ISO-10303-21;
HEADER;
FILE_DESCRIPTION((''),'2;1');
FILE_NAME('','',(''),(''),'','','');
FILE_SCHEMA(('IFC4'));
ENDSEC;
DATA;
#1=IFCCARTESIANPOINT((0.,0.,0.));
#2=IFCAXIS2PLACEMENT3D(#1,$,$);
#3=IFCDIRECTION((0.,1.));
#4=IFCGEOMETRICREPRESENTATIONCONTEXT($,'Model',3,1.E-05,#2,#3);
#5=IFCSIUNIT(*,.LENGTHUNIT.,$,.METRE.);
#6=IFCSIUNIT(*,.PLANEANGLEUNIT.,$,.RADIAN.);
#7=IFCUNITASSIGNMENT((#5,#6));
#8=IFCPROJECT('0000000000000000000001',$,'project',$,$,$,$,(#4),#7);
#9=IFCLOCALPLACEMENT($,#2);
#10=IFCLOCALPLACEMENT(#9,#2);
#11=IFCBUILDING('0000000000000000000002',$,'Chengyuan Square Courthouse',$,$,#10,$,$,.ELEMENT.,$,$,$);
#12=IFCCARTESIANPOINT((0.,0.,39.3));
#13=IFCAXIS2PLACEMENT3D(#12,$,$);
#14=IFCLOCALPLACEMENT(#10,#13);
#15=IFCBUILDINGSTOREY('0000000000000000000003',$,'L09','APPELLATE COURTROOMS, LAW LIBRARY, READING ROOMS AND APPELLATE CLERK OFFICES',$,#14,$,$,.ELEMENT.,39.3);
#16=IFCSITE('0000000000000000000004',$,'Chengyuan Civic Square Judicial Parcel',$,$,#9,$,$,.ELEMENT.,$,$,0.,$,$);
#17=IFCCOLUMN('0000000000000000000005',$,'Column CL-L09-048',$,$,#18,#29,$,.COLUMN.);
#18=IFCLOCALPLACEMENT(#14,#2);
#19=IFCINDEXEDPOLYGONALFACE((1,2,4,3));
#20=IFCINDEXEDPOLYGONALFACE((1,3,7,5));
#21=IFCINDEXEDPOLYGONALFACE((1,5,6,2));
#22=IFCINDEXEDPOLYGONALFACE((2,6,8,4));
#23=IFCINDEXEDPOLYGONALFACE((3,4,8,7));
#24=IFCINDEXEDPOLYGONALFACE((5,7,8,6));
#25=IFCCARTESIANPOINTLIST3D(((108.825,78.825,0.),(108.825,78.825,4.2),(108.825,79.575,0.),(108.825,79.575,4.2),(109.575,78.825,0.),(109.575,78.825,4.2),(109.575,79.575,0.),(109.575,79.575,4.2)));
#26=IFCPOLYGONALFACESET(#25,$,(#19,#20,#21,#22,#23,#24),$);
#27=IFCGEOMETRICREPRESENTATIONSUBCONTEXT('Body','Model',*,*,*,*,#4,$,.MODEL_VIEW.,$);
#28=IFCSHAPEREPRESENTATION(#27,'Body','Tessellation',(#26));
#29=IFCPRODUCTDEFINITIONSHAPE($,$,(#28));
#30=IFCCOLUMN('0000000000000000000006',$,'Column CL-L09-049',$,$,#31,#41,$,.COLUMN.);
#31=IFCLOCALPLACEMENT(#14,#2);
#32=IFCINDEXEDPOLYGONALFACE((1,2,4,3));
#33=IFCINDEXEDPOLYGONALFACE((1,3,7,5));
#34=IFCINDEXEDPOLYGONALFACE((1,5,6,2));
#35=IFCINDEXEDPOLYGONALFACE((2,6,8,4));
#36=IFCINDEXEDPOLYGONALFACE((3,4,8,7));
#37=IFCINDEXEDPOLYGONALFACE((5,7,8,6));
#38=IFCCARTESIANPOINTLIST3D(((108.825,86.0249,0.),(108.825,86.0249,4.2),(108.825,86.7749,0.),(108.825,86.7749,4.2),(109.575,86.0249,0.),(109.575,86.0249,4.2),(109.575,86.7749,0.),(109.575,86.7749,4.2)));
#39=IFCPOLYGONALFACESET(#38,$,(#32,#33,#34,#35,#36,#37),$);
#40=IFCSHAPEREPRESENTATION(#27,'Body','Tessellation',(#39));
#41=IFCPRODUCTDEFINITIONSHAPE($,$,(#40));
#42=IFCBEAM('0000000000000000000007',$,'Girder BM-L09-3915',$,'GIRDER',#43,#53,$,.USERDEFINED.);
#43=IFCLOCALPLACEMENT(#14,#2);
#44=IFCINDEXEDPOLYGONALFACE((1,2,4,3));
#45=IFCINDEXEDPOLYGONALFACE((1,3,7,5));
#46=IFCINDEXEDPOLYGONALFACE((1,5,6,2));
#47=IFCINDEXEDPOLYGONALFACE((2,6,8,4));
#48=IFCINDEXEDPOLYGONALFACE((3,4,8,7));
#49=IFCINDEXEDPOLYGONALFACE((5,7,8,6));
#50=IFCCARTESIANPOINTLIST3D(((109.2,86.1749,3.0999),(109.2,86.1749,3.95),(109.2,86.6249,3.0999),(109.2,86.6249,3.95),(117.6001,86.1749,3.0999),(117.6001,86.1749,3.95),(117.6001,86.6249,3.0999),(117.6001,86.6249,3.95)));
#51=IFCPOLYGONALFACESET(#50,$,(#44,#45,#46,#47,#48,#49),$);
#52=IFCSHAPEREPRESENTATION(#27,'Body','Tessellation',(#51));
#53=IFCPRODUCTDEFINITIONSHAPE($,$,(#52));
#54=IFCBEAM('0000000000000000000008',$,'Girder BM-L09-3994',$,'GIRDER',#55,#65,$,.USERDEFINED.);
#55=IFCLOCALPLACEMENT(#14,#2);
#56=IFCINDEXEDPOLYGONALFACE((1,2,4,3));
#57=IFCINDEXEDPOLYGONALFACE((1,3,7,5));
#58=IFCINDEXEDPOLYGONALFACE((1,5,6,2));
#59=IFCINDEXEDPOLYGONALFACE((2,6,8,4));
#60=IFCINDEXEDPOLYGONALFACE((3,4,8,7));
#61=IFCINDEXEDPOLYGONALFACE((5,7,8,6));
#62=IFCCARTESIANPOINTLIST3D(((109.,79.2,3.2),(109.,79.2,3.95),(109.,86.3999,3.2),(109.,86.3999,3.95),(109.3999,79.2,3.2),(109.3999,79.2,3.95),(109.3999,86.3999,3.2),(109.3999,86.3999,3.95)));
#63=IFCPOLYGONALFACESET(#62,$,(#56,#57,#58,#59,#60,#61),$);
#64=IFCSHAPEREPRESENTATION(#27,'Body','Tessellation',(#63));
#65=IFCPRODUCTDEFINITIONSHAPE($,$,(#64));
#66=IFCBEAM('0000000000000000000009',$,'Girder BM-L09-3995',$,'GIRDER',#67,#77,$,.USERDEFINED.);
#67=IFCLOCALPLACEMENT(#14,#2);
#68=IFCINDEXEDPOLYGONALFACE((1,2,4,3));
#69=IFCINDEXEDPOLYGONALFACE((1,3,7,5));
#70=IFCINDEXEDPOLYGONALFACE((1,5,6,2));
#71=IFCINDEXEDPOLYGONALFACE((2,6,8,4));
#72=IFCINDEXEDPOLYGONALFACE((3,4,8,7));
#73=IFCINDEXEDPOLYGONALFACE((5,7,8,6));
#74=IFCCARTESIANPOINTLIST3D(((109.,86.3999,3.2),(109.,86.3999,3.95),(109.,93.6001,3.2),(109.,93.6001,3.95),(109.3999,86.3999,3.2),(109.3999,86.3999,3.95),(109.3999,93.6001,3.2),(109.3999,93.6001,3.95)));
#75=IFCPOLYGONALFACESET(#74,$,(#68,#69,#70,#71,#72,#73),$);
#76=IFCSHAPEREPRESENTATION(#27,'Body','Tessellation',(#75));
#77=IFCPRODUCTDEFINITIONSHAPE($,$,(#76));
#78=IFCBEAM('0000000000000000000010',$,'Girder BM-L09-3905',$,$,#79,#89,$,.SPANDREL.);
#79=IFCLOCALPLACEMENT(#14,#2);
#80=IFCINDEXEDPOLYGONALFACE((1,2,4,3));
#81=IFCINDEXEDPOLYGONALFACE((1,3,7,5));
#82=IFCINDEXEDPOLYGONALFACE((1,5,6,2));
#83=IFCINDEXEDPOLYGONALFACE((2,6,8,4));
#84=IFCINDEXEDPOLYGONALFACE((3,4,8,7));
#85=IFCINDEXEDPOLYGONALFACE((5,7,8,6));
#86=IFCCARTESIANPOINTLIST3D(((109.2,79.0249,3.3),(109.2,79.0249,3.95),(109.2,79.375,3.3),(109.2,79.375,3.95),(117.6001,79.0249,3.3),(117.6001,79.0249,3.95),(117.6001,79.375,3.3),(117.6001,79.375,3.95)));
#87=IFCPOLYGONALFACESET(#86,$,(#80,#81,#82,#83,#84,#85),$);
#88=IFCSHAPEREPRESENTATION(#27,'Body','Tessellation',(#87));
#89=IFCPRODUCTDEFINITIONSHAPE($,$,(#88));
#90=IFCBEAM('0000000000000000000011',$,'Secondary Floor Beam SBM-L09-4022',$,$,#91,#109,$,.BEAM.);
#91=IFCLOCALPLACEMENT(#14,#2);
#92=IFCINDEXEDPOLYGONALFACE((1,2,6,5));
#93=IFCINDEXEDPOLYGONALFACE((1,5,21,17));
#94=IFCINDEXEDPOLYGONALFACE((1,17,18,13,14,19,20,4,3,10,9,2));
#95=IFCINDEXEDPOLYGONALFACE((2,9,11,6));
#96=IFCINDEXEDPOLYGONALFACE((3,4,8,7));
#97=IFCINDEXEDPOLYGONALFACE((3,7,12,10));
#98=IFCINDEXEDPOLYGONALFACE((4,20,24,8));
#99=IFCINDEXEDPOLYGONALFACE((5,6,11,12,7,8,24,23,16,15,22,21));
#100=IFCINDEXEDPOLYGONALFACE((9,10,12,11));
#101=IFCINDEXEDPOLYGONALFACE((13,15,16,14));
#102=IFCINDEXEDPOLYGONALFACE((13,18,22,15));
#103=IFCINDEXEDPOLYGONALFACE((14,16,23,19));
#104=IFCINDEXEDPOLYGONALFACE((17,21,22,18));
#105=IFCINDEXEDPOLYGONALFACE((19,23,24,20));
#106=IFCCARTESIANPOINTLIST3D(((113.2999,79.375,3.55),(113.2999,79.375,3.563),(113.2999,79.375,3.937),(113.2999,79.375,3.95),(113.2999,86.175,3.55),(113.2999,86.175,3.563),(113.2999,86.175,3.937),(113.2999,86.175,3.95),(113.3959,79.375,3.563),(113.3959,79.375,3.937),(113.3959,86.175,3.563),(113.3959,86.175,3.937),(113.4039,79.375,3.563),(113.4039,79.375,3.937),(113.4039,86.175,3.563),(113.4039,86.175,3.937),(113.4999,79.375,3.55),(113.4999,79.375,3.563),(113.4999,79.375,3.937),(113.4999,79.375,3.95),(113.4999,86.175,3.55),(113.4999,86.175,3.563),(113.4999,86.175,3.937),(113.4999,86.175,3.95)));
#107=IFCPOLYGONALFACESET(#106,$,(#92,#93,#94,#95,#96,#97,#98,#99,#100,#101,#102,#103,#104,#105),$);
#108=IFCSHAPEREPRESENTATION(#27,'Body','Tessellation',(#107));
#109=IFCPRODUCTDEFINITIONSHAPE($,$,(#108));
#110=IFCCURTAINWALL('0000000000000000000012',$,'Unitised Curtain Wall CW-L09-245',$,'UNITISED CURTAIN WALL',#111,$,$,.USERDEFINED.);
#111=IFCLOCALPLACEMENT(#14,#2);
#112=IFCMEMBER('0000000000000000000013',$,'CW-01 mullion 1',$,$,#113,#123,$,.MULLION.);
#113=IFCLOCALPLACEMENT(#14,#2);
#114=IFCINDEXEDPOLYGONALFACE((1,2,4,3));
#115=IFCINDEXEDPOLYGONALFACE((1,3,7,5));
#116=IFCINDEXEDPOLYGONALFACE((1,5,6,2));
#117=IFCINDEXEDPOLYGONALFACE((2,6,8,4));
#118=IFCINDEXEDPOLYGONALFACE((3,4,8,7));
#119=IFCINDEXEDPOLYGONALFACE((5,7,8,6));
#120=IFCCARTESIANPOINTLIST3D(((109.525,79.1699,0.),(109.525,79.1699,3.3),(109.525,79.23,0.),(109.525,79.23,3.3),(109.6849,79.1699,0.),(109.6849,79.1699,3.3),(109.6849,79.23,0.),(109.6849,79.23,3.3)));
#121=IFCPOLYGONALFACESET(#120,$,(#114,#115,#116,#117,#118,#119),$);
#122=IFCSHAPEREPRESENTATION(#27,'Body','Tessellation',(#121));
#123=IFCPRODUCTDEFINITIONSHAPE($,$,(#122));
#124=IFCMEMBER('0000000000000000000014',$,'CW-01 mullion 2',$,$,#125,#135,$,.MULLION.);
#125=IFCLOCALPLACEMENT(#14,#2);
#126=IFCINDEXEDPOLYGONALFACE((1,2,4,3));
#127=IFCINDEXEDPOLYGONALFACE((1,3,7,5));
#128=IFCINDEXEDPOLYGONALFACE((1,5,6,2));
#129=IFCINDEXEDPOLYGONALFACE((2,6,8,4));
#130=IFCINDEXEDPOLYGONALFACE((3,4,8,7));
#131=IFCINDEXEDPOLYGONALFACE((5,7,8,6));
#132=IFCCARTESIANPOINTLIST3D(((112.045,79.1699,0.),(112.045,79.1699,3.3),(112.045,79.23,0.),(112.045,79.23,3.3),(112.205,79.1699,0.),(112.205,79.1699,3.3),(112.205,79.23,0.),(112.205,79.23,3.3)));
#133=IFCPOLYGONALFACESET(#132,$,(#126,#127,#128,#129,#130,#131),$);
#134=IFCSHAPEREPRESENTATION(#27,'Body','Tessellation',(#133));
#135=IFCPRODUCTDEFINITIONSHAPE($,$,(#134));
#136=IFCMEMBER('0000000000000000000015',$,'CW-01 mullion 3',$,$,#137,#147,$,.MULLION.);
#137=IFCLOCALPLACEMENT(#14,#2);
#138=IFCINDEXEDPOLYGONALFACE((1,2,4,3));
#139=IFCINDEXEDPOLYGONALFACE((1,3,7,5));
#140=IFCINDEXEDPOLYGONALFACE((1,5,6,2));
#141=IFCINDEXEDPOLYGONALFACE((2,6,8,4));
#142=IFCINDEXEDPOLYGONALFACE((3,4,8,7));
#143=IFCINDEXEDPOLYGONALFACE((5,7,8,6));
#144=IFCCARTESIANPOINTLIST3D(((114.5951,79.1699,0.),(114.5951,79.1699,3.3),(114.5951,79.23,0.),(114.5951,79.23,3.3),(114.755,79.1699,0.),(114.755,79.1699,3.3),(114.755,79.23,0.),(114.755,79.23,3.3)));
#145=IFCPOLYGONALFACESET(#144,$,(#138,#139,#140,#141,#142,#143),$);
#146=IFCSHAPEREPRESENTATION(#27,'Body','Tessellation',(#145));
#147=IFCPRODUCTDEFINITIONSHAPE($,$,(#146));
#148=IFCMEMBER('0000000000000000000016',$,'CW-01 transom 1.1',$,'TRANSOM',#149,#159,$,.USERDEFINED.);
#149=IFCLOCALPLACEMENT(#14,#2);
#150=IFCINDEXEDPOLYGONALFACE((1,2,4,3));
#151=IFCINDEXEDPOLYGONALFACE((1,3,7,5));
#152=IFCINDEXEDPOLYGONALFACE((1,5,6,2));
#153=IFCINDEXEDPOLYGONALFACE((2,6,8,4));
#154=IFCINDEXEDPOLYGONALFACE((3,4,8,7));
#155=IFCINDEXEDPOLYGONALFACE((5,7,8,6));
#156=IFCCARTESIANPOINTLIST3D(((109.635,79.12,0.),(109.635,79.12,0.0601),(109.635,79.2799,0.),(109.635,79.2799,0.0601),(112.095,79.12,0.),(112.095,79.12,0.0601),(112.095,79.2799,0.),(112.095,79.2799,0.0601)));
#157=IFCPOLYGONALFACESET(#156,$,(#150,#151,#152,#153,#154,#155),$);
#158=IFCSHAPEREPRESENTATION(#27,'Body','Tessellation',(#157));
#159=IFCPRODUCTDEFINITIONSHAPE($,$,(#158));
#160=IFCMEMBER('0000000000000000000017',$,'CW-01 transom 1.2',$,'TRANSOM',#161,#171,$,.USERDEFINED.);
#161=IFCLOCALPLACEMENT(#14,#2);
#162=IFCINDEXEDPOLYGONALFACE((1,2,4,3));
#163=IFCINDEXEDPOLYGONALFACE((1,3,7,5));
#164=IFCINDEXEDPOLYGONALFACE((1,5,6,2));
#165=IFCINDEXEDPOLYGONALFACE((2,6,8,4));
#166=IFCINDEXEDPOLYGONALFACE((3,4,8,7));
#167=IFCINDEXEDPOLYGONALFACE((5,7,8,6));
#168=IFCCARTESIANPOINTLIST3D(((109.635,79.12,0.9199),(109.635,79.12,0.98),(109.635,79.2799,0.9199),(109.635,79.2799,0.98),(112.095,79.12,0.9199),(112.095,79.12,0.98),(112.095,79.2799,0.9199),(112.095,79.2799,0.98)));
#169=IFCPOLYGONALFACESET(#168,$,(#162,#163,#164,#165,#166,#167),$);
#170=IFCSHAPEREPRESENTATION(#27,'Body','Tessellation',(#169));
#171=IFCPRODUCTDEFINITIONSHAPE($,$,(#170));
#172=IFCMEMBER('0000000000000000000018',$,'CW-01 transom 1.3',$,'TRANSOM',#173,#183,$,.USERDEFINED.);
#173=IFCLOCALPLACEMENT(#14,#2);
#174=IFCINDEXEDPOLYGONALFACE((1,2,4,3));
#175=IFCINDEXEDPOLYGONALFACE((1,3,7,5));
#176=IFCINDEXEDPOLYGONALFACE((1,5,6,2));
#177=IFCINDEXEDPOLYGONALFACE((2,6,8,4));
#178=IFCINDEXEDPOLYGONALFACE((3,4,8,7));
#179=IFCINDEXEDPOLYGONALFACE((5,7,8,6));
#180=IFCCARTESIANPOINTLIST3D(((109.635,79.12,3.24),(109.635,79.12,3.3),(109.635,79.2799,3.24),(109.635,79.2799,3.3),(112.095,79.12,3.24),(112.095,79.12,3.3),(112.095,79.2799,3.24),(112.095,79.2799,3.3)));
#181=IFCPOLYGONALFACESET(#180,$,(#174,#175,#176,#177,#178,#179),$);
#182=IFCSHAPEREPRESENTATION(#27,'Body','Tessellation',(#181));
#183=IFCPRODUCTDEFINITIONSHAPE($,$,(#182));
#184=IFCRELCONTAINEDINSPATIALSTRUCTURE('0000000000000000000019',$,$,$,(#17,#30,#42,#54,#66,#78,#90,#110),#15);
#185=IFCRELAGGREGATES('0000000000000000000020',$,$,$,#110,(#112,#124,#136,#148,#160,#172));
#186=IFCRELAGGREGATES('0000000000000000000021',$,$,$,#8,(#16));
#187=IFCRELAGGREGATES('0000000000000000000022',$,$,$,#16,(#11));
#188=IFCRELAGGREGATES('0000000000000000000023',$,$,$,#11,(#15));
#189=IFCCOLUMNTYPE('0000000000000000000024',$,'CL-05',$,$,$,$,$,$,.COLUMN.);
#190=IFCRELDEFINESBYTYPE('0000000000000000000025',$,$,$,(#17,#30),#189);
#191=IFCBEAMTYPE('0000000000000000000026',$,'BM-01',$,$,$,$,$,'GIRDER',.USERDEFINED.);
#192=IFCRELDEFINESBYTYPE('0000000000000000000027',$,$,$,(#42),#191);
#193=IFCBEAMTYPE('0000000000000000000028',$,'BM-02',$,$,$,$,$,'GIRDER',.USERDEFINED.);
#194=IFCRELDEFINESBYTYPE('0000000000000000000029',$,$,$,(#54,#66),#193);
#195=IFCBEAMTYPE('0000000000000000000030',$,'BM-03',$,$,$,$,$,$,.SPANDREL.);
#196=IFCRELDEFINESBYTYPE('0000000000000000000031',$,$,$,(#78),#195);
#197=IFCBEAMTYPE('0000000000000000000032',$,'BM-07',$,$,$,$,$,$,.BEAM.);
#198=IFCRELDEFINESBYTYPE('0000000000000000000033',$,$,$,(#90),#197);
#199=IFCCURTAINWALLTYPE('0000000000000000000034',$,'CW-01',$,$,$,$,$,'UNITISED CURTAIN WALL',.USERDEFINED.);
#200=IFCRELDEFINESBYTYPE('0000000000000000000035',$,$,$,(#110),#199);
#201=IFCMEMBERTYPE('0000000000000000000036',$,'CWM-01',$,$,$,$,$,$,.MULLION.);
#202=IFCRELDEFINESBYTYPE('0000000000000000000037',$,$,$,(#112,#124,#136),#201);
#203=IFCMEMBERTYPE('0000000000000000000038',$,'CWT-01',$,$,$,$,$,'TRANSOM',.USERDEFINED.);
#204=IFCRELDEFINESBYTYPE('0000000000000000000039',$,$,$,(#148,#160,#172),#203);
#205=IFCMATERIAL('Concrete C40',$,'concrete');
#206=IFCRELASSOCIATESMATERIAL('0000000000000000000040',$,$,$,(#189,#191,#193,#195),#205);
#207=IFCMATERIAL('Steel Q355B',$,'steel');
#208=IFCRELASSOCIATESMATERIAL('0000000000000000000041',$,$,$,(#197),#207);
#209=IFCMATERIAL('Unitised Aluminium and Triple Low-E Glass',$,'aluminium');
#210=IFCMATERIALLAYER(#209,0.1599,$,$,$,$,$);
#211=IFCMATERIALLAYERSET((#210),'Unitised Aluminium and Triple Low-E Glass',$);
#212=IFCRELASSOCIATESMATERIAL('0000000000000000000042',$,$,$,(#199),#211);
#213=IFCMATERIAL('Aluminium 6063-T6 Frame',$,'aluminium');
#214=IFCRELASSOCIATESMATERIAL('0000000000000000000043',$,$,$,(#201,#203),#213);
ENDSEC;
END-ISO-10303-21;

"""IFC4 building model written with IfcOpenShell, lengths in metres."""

from ifc_helpers import new_model, si_unit, direction, frame, origin, origin_2d, place, context, subcontext, project, spatial, rectangle, i_section, extrude, material, layer, layer_set, material_profile, profile_set, type_object, element, aggregate, save


model = new_model("IFC4")

# Units and contexts
model_context = context("Model", 3, precision=1e-05, world=origin(), true_north=direction((0.0, 1.0)))
body_context = subcontext(model_context, "Body", "Model", "MODEL_VIEW")
ifc_project = project(units=[si_unit("LENGTHUNIT", "METRE"), si_unit("PLANEANGLEUNIT", "RADIAN")], contexts=[model_context])

# Site, building, storey
site_placement = place(None, origin())
site = spatial("IfcSite", under=ifc_project, at=site_placement, Name="Chengyuan Civic Square Judicial Parcel", CompositionType="ELEMENT", RefElevation=0.0)
building_placement = place(site_placement, origin())
building = spatial("IfcBuilding", under=site, at=building_placement, Name="Chengyuan Square Courthouse", CompositionType="ELEMENT")
storey_placement = place(building_placement, frame((0.0, 0.0, 39.3)))
storey = spatial("IfcBuildingStorey", under=building, at=storey_placement, Name="L09", Description="APPELLATE COURTROOMS, LAW LIBRARY, READING ROOMS AND APPELLATE CLERK OFFICES", CompositionType="ELEMENT", Elevation=39.3)

# Columns
ifc_material_1 = material(Name="Concrete C40", Category="concrete")
ifc_material_profile_1 = material_profile(ifc_material_1, rectangle(XDim=0.75, YDim=0.75, at=origin_2d()), Name="RC-COL-750x750")
ifc_profile_set_1 = profile_set([ifc_material_profile_1], Name="Concrete C40")
column_type = type_object("IfcColumnType", Name="CL-05", PredefinedType="COLUMN", material=ifc_profile_set_1)
for number, where, z_axis, x_axis, name in (
    (1, (109.2, 79.2, 0.0), (0.0, 0.0, 1.0), (1.0, 0.0, 0.0), "Column CL-L09-048"),
    (2, (109.2, 86.3999, 0.0), (0.0, 0.0, 1.0), (1.0, 0.0, 0.0), "Column CL-L09-049"),
):
    element("IfcColumn", number, at=place(storey_placement, frame(where, z_axis=z_axis, x_axis=x_axis)), inside=storey, type_object=column_type, Name=name, PredefinedType="COLUMN", context=body_context, shape_type="SweptSolid", body=[
        extrude(rectangle(XDim=0.75, YDim=0.75, at=origin_2d()), origin(), (0.0, 0.0, 1.0), 4.2),
    ])

# Beams
ifc_material_profile_2 = material_profile(ifc_material_1, rectangle(XDim=0.45, YDim=0.8501, at=origin_2d()), Name="RC-BM-450x850")
ifc_profile_set_2 = profile_set([ifc_material_profile_2], Name="Concrete C40")
beam_type_1 = type_object("IfcBeamType", Name="BM-01", ElementType="GIRDER", PredefinedType="USERDEFINED", material=ifc_profile_set_2)
beam_1_placement = place(storey_placement, frame((109.2, 86.3999, 3.5249), z_axis=(1.0, 0.0, 0.0), x_axis=(0.0, 1.0, 0.0)))
element("IfcBeam", 3, at=beam_1_placement, inside=storey, type_object=beam_type_1, Name="Girder BM-L09-3915", ObjectType="GIRDER", PredefinedType="USERDEFINED", context=body_context, shape_type="SweptSolid", body=[
    extrude(rectangle(XDim=0.45, YDim=0.8501, at=origin_2d()), origin(), (0.0, 0.0, 1.0), 8.4001),
])
ifc_material_profile_3 = material_profile(ifc_material_1, rectangle(XDim=0.3999, YDim=0.75, at=origin_2d()), Name="RC-BM-400x750")
ifc_profile_set_3 = profile_set([ifc_material_profile_3], Name="Concrete C40")
beam_type_2 = type_object("IfcBeamType", Name="BM-02", ElementType="GIRDER", PredefinedType="USERDEFINED", material=ifc_profile_set_3)
beam_2_placement = place(storey_placement, frame((109.2, 79.2, 3.575), z_axis=(0.0, 1.0, 0.0), x_axis=(-1.0, 0.0, 0.0)))
element("IfcBeam", 4, at=beam_2_placement, inside=storey, type_object=beam_type_2, Name="Girder BM-L09-3994", ObjectType="GIRDER", PredefinedType="USERDEFINED", context=body_context, shape_type="SweptSolid", body=[
    extrude(rectangle(XDim=0.3999, YDim=0.75, at=origin_2d()), origin(), (0.0, 0.0, 1.0), 7.2),
])
beam_3_placement = place(storey_placement, frame((109.2, 86.3999, 3.575), z_axis=(0.0, 1.0, 0.0), x_axis=(-1.0, 0.0, 0.0)))
element("IfcBeam", 5, at=beam_3_placement, inside=storey, type_object=beam_type_2, Name="Girder BM-L09-3995", ObjectType="GIRDER", PredefinedType="USERDEFINED", context=body_context, shape_type="SweptSolid", body=[
    extrude(rectangle(XDim=0.3999, YDim=0.75, at=origin_2d()), origin(), (0.0, 0.0, 1.0), 7.2002),
])
ifc_material_profile_4 = material_profile(ifc_material_1, rectangle(XDim=0.3501, YDim=0.6499, at=origin_2d()), Name="RC-BM-350x650")
ifc_profile_set_4 = profile_set([ifc_material_profile_4], Name="Concrete C40")
beam_type_3 = type_object("IfcBeamType", Name="BM-03", PredefinedType="SPANDREL", material=ifc_profile_set_4)
beam_4_placement = place(storey_placement, frame((109.2, 79.2, 3.625), z_axis=(1.0, 0.0, 0.0), x_axis=(0.0, 1.0, 0.0)))
element("IfcBeam", 6, at=beam_4_placement, inside=storey, type_object=beam_type_3, Name="Girder BM-L09-3905", PredefinedType="SPANDREL", context=body_context, shape_type="SweptSolid", body=[
    extrude(rectangle(XDim=0.3501, YDim=0.6499, at=origin_2d()), origin(), (0.0, 0.0, 1.0), 8.4001),
])
ifc_material_2 = material(Name="Steel Q355B", Category="steel")
ifc_material_profile_5 = material_profile(ifc_material_2, i_section(OverallWidth=0.2, OverallDepth=0.3999, WebThickness=0.0081, FlangeThickness=0.0129, at=origin_2d()), Name="HN 400x200x8x13")
ifc_profile_set_5 = profile_set([ifc_material_profile_5], Name="Steel Q355B")
beam_type_4 = type_object("IfcBeamType", Name="BM-07", PredefinedType="BEAM", material=ifc_profile_set_5)
beam_5_placement = place(storey_placement, frame((113.3999, 79.375, 3.75), z_axis=(0.0, 1.0, 0.0), x_axis=(-1.0, 0.0, 0.0)))
element("IfcBeam", 7, at=beam_5_placement, inside=storey, type_object=beam_type_4, Name="Secondary Floor Beam SBM-L09-4022", PredefinedType="BEAM", context=body_context, shape_type="SweptSolid", body=[
    extrude(i_section(OverallWidth=0.2, OverallDepth=0.3999, WebThickness=0.0081, FlangeThickness=0.0129, at=origin_2d()), origin(), (0.0, 0.0, 1.0), 6.8),
])

# Curtain wall, members
ifc_material_3 = material(Name="Unitised Aluminium and Triple Low-E Glass", Category="aluminium")
ifc_layer_1 = layer(ifc_material_3, 0.1599)
ifc_layer_set_1 = layer_set([ifc_layer_1], Name="Unitised Aluminium and Triple Low-E Glass")
curtain_wall_type = type_object("IfcCurtainWallType", Name="CW-01", ElementType="UNITISED CURTAIN WALL", PredefinedType="USERDEFINED", material=ifc_layer_set_1)
curtain_wall_placement = place(storey_placement, origin())
curtain_wall = element("IfcCurtainWall", 8, at=curtain_wall_placement, inside=storey, type_object=curtain_wall_type, Name="Unitised Curtain Wall CW-L09-245", ObjectType="UNITISED CURTAIN WALL", PredefinedType="USERDEFINED")
ifc_material_4 = material(Name="Aluminium 6063-T6 Frame", Category="aluminium")
ifc_material_profile_6 = material_profile(ifc_material_4, rectangle(XDim=0.0601, YDim=0.1599, at=origin_2d()), Name="CW-MUL-60x160")
ifc_profile_set_6 = profile_set([ifc_material_profile_6], Name="Aluminium 6063-T6 Frame")
member_type_1 = type_object("IfcMemberType", Name="CWM-01", PredefinedType="MULLION", material=ifc_profile_set_6)
member_1_placement = place(storey_placement, frame((109.605, 79.2, 0.0), z_axis=(0.0, 0.0, 1.0), x_axis=(0.0, 1.0, 0.0)))
member_1 = element("IfcMember", 9, at=member_1_placement, type_object=member_type_1, Name="CW-01 mullion 1", PredefinedType="MULLION", context=body_context, shape_type="SweptSolid", body=[
    extrude(rectangle(XDim=0.0601, YDim=0.1599, at=origin_2d()), origin(), (0.0, 0.0, 1.0), 3.3),
])
member_2_placement = place(storey_placement, frame((112.125, 79.2, 0.0), z_axis=(0.0, 0.0, 1.0), x_axis=(0.0, 1.0, 0.0)))
member_2 = element("IfcMember", 10, at=member_2_placement, type_object=member_type_1, Name="CW-01 mullion 2", PredefinedType="MULLION", context=body_context, shape_type="SweptSolid", body=[
    extrude(rectangle(XDim=0.0601, YDim=0.1599, at=origin_2d()), origin(), (0.0, 0.0, 1.0), 3.3),
])
member_3_placement = place(storey_placement, frame((114.675, 79.2, 0.0), z_axis=(0.0, 0.0, 1.0), x_axis=(0.0, 1.0, 0.0)))
member_3 = element("IfcMember", 11, at=member_3_placement, type_object=member_type_1, Name="CW-01 mullion 3", PredefinedType="MULLION", context=body_context, shape_type="SweptSolid", body=[
    extrude(rectangle(XDim=0.0601, YDim=0.1599, at=origin_2d()), origin(), (0.0, 0.0, 1.0), 3.3),
])
ifc_material_profile_7 = material_profile(ifc_material_4, rectangle(XDim=0.1599, YDim=0.0601, at=origin_2d()), Name="CW-TRN-60x120")
ifc_profile_set_7 = profile_set([ifc_material_profile_7], Name="Aluminium 6063-T6 Frame")
member_type_2 = type_object("IfcMemberType", Name="CWT-01", ElementType="TRANSOM", PredefinedType="USERDEFINED", material=ifc_profile_set_7)
member_4_placement = place(storey_placement, frame((109.635, 79.2, 0.03), z_axis=(1.0, 0.0, 0.0), x_axis=(0.0, 1.0, 0.0)))
member_4 = element("IfcMember", 12, at=member_4_placement, type_object=member_type_2, Name="CW-01 transom 1.1", ObjectType="TRANSOM", PredefinedType="USERDEFINED", context=body_context, shape_type="SweptSolid", body=[
    extrude(rectangle(XDim=0.1599, YDim=0.0601, at=origin_2d()), origin(), (0.0, 0.0, 1.0), 2.46),
])
member_5_placement = place(storey_placement, frame((109.635, 79.2, 0.95), z_axis=(1.0, 0.0, 0.0), x_axis=(0.0, 1.0, 0.0)))
member_5 = element("IfcMember", 13, at=member_5_placement, type_object=member_type_2, Name="CW-01 transom 1.2", ObjectType="TRANSOM", PredefinedType="USERDEFINED", context=body_context, shape_type="SweptSolid", body=[
    extrude(rectangle(XDim=0.1599, YDim=0.0601, at=origin_2d()), origin(), (0.0, 0.0, 1.0), 2.46),
])
member_6_placement = place(storey_placement, frame((109.635, 79.2, 3.27), z_axis=(1.0, 0.0, 0.0), x_axis=(0.0, 1.0, 0.0)))
member_6 = element("IfcMember", 14, at=member_6_placement, type_object=member_type_2, Name="CW-01 transom 1.3", ObjectType="TRANSOM", PredefinedType="USERDEFINED", context=body_context, shape_type="SweptSolid", body=[
    extrude(rectangle(XDim=0.1599, YDim=0.0601, at=origin_2d()), origin(), (0.0, 0.0, 1.0), 2.46),
])
aggregate(curtain_wall, [member_1, member_2, member_3, member_4, member_5, member_6])

save(model, "model.ifc")
